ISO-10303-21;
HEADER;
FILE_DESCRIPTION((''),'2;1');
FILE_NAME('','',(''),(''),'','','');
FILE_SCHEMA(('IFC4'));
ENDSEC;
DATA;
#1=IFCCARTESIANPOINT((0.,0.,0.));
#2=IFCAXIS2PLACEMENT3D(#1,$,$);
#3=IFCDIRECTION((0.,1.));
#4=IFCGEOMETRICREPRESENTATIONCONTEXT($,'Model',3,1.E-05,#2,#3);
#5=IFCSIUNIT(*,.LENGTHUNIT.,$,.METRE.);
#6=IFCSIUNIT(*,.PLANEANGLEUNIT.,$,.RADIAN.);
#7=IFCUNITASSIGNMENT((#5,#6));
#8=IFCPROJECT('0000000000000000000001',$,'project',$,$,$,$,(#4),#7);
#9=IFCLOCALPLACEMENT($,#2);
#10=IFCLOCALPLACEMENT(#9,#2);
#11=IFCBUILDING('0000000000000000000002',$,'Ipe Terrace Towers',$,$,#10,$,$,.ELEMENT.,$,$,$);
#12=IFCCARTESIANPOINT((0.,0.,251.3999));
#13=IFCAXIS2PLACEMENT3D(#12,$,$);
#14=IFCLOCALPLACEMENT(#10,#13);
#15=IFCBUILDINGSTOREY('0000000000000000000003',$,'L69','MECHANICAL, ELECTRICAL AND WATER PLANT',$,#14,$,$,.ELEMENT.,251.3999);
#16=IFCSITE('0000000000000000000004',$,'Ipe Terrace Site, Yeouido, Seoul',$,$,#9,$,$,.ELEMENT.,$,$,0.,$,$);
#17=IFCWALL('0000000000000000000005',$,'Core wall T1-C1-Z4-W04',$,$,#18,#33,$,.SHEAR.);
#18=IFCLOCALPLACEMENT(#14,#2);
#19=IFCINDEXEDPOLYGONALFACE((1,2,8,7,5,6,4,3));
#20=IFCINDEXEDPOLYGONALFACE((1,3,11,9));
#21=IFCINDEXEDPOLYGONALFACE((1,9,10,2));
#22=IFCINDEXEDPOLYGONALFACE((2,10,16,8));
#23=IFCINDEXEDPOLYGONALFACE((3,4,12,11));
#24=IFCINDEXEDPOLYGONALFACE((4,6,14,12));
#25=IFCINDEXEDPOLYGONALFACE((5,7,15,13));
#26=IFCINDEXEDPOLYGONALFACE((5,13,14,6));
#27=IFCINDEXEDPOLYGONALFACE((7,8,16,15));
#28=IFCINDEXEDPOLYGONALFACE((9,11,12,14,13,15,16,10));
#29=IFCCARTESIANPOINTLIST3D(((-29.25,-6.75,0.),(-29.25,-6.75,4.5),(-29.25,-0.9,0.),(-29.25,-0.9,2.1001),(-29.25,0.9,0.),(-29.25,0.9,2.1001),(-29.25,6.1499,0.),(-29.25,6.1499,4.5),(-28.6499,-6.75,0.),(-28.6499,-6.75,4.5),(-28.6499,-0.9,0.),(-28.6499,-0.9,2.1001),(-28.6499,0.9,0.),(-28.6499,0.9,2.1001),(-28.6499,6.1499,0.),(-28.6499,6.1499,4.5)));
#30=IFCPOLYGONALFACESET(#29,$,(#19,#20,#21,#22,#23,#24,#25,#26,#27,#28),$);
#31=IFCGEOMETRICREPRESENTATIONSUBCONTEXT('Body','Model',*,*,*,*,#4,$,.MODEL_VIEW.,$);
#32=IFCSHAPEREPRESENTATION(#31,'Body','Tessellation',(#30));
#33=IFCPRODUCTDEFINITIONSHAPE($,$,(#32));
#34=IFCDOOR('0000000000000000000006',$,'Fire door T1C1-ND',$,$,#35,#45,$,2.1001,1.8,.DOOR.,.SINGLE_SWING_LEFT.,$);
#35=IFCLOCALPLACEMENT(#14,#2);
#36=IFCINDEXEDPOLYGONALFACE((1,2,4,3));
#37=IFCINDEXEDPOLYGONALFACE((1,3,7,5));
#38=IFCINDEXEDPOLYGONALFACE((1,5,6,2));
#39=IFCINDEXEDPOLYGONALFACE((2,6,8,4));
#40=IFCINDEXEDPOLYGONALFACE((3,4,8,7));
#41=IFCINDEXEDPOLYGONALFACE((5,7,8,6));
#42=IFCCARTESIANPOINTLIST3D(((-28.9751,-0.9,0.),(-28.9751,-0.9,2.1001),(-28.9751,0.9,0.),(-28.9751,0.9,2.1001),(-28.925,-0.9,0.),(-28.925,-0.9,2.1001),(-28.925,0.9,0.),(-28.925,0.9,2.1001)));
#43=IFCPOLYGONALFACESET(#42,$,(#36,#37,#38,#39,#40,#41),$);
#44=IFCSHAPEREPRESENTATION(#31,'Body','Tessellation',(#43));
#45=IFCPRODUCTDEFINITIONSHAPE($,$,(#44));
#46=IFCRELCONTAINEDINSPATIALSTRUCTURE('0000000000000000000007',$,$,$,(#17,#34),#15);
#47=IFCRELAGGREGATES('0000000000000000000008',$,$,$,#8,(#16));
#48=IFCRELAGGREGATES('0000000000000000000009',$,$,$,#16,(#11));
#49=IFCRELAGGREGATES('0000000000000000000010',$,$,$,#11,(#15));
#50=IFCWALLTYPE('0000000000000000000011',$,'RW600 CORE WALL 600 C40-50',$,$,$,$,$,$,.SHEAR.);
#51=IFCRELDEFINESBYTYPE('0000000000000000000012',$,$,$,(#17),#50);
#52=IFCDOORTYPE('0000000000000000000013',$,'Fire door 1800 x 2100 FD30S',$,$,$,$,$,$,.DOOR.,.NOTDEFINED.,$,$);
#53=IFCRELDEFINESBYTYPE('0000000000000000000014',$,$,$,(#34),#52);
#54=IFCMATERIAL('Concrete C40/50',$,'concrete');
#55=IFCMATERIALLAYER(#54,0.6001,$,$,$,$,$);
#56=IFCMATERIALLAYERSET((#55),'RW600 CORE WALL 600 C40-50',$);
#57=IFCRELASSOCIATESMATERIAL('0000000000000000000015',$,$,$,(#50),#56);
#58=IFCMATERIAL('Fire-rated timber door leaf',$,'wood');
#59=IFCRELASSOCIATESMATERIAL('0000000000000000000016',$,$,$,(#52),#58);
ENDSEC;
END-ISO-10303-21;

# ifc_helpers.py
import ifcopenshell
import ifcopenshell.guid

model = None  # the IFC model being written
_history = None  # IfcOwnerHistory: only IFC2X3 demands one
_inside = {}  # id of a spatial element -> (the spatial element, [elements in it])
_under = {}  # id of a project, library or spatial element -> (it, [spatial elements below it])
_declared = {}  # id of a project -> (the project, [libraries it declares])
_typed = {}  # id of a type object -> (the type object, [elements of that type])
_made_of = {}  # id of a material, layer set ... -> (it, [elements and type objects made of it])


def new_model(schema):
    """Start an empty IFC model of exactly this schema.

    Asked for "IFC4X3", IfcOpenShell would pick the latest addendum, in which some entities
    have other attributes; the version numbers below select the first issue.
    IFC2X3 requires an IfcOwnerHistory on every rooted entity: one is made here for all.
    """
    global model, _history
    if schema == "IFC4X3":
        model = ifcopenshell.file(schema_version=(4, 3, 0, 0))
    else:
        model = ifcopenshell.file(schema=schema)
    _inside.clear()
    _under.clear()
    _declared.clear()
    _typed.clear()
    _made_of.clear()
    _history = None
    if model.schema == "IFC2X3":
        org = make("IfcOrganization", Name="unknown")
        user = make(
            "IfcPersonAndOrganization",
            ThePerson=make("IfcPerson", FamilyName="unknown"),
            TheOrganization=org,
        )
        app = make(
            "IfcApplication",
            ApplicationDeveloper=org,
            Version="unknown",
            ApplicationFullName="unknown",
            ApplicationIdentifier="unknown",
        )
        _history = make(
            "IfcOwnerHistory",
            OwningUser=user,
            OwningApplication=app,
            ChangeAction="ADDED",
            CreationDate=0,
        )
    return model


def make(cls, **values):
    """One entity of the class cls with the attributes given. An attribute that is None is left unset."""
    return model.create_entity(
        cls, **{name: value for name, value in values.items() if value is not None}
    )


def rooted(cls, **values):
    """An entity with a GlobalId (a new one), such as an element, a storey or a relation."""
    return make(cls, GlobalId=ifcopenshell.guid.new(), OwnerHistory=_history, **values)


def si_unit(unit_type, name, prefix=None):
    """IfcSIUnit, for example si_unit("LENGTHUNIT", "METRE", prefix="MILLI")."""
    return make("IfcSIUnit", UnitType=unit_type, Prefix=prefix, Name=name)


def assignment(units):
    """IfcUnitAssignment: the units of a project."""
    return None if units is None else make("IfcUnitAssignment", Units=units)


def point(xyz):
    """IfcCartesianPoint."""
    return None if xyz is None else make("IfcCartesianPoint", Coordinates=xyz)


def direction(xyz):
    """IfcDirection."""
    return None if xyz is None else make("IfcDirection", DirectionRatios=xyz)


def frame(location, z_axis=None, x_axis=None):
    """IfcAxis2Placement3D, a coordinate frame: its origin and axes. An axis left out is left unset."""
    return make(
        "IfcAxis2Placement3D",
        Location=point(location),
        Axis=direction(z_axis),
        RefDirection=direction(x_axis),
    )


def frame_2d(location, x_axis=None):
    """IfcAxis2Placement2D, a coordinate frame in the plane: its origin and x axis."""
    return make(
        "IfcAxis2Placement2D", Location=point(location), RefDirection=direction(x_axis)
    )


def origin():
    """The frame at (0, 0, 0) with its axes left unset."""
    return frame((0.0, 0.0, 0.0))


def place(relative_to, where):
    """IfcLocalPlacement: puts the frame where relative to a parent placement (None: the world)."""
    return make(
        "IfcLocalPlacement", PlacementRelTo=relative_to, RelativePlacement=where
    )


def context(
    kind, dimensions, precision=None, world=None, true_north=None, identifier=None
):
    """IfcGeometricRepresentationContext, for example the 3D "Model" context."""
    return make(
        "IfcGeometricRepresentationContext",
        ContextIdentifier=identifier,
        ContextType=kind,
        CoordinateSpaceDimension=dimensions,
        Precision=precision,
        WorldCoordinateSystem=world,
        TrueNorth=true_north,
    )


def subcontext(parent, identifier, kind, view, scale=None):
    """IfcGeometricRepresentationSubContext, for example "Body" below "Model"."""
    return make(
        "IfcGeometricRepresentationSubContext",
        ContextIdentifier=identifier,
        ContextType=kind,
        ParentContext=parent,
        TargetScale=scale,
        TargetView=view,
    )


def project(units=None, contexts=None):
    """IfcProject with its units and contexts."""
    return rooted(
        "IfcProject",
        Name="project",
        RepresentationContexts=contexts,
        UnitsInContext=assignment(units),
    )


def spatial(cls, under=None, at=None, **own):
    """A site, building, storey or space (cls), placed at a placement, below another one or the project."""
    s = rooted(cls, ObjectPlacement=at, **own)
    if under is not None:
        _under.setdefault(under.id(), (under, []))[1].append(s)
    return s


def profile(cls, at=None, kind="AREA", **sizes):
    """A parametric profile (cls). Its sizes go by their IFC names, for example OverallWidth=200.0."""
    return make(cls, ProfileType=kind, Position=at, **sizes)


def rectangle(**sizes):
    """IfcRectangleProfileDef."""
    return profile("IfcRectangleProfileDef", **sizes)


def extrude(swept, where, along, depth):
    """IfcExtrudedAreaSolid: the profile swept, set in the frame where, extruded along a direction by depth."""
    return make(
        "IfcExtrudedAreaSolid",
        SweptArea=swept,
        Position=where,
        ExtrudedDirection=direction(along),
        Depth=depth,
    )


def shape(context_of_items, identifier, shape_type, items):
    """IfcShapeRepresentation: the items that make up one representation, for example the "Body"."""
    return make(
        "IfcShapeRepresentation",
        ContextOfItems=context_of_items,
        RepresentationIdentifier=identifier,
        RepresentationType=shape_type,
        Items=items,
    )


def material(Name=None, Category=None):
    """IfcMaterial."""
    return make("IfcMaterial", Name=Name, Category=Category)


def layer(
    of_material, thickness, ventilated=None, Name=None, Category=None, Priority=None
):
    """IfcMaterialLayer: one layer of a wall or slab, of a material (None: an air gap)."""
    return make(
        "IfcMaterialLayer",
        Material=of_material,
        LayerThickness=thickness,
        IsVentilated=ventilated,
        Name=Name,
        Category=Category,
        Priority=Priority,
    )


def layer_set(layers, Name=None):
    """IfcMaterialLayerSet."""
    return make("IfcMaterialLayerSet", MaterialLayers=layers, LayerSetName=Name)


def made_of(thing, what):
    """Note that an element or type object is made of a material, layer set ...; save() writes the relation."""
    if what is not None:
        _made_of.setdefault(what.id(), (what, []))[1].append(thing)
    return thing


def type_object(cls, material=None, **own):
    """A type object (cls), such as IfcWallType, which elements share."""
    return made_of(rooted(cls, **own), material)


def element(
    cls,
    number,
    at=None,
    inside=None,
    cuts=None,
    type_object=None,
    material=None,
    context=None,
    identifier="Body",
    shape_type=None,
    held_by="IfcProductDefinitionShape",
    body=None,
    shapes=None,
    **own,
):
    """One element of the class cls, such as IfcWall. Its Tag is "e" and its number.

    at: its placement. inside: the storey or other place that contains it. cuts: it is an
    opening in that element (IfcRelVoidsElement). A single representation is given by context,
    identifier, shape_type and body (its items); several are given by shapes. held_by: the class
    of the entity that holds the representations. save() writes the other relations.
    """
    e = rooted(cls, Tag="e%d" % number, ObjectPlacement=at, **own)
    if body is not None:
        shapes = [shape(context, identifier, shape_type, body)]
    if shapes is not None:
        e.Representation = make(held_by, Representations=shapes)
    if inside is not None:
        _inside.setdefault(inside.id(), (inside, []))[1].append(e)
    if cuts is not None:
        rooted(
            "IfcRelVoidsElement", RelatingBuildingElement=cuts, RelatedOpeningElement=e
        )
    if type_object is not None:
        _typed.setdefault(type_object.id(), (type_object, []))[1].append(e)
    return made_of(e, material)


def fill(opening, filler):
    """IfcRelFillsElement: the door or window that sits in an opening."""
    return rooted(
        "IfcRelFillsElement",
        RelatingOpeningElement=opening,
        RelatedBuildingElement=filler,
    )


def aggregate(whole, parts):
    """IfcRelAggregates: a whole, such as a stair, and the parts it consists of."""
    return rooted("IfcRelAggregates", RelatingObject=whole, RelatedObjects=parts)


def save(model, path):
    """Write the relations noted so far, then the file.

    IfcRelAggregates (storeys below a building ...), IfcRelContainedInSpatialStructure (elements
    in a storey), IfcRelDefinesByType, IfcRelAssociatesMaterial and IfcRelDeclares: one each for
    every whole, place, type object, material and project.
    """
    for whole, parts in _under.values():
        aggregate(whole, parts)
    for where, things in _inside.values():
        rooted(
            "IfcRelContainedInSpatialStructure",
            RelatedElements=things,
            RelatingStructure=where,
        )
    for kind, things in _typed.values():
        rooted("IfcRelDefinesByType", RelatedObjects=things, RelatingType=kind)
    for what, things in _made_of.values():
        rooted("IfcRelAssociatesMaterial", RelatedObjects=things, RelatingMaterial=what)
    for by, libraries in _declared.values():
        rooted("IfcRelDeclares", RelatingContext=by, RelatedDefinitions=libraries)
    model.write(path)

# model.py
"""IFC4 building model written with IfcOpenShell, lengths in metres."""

from ifc_helpers import new_model, si_unit, direction, frame, frame_2d, origin, place, context, subcontext, project, spatial, rectangle, extrude, material, layer, layer_set, type_object, element, fill, save


model = new_model("IFC4")

# Units and contexts
model_context = context("Model", 3, precision=1e-05, world=origin(), true_north=direction((0.0, 1.0)))
body_context = subcontext(model_context, "Body", "Model", "MODEL_VIEW")
ifc_project = project(units=[si_unit("LENGTHUNIT", "METRE"), si_unit("PLANEANGLEUNIT", "RADIAN")], contexts=[model_context])

# Site, building, storey
site_placement = place(None, origin())
site = spatial("IfcSite", under=ifc_project, at=site_placement, Name="Ipe Terrace Site, Yeouido, Seoul", CompositionType="ELEMENT", RefElevation=0.0)
building_placement = place(site_placement, origin())
building = spatial("IfcBuilding", under=site, at=building_placement, Name="Ipe Terrace Towers", CompositionType="ELEMENT")
storey_placement = place(building_placement, frame((0.0, 0.0, 251.3999)))
storey = spatial("IfcBuildingStorey", under=building, at=storey_placement, Name="L69", Description="MECHANICAL, ELECTRICAL AND WATER PLANT", CompositionType="ELEMENT", Elevation=251.3999)

# Shared definitions
ifc_material_1 = material(Name="Concrete C40/50", Category="concrete")
ifc_layer_1 = layer(ifc_material_1, 0.6001)
ifc_layer_set_1 = layer_set([ifc_layer_1], Name="RW600 CORE WALL 600 C40-50")
wall_type_1 = type_object("IfcWallType", Name="RW600 CORE WALL 600 C40-50", PredefinedType="SHEAR", material=ifc_layer_set_1)

# Wall, opening, door
wall_1_placement = place(storey_placement, frame((-28.95, 6.1499, 0.0), z_axis=(0.0, 0.0, 1.0), x_axis=(0.0, -1.0, 0.0)))
wall_1 = element("IfcWall", 1, at=wall_1_placement, inside=storey, type_object=wall_type_1, Name="Core wall T1-C1-Z4-W04", PredefinedType="SHEAR", context=body_context, shape_type="SweptSolid", body=[
    extrude(rectangle(XDim=12.8999, YDim=0.6001, at=frame_2d((6.45, 0.0))), origin(), (0.0, 0.0, 1.0), 4.5),
])
opening_1_placement = place(wall_1_placement, frame((5.25, 0.0, 0.0)))
opening_1 = element("IfcOpeningElement", 2, at=opening_1_placement, cuts=wall_1, PredefinedType="OPENING", context=body_context, shape_type="SweptSolid", body=[
    extrude(rectangle(XDim=1.8, YDim=2.1001, at=frame_2d((0.8999, 1.05))), frame((0.0, 0.3101, 0.0), z_axis=(0.0, -1.0, 0.0), x_axis=(1.0, 0.0, 0.0)), (0.0, 0.0, 1.0), 0.6201),
])
ifc_material_2 = material(Name="Fire-rated timber door leaf", Category="wood")
door_type_1 = type_object("IfcDoorType", Name="Fire door 1800 x 2100 FD30S", OperationType="NOTDEFINED", PredefinedType="DOOR", material=ifc_material_2)
door_1_placement = place(opening_1_placement, origin())
door_1 = element("IfcDoor", 3, at=door_1_placement, inside=storey, type_object=door_type_1, Name="Fire door T1C1-ND", OperationType="SINGLE_SWING_LEFT", OverallHeight=2.1001, OverallWidth=1.8, PredefinedType="DOOR", context=body_context, shape_type="SweptSolid", body=[
    extrude(rectangle(XDim=1.8, YDim=2.1001, at=frame_2d((0.8999, 1.05))), frame((0.0, 0.0249, 0.0), z_axis=(0.0, -1.0, 0.0), x_axis=(1.0, 0.0, 0.0)), (0.0, 0.0, 1.0), 0.05),
])
fill(opening_1, door_1)

save(model, "model.ifc")
